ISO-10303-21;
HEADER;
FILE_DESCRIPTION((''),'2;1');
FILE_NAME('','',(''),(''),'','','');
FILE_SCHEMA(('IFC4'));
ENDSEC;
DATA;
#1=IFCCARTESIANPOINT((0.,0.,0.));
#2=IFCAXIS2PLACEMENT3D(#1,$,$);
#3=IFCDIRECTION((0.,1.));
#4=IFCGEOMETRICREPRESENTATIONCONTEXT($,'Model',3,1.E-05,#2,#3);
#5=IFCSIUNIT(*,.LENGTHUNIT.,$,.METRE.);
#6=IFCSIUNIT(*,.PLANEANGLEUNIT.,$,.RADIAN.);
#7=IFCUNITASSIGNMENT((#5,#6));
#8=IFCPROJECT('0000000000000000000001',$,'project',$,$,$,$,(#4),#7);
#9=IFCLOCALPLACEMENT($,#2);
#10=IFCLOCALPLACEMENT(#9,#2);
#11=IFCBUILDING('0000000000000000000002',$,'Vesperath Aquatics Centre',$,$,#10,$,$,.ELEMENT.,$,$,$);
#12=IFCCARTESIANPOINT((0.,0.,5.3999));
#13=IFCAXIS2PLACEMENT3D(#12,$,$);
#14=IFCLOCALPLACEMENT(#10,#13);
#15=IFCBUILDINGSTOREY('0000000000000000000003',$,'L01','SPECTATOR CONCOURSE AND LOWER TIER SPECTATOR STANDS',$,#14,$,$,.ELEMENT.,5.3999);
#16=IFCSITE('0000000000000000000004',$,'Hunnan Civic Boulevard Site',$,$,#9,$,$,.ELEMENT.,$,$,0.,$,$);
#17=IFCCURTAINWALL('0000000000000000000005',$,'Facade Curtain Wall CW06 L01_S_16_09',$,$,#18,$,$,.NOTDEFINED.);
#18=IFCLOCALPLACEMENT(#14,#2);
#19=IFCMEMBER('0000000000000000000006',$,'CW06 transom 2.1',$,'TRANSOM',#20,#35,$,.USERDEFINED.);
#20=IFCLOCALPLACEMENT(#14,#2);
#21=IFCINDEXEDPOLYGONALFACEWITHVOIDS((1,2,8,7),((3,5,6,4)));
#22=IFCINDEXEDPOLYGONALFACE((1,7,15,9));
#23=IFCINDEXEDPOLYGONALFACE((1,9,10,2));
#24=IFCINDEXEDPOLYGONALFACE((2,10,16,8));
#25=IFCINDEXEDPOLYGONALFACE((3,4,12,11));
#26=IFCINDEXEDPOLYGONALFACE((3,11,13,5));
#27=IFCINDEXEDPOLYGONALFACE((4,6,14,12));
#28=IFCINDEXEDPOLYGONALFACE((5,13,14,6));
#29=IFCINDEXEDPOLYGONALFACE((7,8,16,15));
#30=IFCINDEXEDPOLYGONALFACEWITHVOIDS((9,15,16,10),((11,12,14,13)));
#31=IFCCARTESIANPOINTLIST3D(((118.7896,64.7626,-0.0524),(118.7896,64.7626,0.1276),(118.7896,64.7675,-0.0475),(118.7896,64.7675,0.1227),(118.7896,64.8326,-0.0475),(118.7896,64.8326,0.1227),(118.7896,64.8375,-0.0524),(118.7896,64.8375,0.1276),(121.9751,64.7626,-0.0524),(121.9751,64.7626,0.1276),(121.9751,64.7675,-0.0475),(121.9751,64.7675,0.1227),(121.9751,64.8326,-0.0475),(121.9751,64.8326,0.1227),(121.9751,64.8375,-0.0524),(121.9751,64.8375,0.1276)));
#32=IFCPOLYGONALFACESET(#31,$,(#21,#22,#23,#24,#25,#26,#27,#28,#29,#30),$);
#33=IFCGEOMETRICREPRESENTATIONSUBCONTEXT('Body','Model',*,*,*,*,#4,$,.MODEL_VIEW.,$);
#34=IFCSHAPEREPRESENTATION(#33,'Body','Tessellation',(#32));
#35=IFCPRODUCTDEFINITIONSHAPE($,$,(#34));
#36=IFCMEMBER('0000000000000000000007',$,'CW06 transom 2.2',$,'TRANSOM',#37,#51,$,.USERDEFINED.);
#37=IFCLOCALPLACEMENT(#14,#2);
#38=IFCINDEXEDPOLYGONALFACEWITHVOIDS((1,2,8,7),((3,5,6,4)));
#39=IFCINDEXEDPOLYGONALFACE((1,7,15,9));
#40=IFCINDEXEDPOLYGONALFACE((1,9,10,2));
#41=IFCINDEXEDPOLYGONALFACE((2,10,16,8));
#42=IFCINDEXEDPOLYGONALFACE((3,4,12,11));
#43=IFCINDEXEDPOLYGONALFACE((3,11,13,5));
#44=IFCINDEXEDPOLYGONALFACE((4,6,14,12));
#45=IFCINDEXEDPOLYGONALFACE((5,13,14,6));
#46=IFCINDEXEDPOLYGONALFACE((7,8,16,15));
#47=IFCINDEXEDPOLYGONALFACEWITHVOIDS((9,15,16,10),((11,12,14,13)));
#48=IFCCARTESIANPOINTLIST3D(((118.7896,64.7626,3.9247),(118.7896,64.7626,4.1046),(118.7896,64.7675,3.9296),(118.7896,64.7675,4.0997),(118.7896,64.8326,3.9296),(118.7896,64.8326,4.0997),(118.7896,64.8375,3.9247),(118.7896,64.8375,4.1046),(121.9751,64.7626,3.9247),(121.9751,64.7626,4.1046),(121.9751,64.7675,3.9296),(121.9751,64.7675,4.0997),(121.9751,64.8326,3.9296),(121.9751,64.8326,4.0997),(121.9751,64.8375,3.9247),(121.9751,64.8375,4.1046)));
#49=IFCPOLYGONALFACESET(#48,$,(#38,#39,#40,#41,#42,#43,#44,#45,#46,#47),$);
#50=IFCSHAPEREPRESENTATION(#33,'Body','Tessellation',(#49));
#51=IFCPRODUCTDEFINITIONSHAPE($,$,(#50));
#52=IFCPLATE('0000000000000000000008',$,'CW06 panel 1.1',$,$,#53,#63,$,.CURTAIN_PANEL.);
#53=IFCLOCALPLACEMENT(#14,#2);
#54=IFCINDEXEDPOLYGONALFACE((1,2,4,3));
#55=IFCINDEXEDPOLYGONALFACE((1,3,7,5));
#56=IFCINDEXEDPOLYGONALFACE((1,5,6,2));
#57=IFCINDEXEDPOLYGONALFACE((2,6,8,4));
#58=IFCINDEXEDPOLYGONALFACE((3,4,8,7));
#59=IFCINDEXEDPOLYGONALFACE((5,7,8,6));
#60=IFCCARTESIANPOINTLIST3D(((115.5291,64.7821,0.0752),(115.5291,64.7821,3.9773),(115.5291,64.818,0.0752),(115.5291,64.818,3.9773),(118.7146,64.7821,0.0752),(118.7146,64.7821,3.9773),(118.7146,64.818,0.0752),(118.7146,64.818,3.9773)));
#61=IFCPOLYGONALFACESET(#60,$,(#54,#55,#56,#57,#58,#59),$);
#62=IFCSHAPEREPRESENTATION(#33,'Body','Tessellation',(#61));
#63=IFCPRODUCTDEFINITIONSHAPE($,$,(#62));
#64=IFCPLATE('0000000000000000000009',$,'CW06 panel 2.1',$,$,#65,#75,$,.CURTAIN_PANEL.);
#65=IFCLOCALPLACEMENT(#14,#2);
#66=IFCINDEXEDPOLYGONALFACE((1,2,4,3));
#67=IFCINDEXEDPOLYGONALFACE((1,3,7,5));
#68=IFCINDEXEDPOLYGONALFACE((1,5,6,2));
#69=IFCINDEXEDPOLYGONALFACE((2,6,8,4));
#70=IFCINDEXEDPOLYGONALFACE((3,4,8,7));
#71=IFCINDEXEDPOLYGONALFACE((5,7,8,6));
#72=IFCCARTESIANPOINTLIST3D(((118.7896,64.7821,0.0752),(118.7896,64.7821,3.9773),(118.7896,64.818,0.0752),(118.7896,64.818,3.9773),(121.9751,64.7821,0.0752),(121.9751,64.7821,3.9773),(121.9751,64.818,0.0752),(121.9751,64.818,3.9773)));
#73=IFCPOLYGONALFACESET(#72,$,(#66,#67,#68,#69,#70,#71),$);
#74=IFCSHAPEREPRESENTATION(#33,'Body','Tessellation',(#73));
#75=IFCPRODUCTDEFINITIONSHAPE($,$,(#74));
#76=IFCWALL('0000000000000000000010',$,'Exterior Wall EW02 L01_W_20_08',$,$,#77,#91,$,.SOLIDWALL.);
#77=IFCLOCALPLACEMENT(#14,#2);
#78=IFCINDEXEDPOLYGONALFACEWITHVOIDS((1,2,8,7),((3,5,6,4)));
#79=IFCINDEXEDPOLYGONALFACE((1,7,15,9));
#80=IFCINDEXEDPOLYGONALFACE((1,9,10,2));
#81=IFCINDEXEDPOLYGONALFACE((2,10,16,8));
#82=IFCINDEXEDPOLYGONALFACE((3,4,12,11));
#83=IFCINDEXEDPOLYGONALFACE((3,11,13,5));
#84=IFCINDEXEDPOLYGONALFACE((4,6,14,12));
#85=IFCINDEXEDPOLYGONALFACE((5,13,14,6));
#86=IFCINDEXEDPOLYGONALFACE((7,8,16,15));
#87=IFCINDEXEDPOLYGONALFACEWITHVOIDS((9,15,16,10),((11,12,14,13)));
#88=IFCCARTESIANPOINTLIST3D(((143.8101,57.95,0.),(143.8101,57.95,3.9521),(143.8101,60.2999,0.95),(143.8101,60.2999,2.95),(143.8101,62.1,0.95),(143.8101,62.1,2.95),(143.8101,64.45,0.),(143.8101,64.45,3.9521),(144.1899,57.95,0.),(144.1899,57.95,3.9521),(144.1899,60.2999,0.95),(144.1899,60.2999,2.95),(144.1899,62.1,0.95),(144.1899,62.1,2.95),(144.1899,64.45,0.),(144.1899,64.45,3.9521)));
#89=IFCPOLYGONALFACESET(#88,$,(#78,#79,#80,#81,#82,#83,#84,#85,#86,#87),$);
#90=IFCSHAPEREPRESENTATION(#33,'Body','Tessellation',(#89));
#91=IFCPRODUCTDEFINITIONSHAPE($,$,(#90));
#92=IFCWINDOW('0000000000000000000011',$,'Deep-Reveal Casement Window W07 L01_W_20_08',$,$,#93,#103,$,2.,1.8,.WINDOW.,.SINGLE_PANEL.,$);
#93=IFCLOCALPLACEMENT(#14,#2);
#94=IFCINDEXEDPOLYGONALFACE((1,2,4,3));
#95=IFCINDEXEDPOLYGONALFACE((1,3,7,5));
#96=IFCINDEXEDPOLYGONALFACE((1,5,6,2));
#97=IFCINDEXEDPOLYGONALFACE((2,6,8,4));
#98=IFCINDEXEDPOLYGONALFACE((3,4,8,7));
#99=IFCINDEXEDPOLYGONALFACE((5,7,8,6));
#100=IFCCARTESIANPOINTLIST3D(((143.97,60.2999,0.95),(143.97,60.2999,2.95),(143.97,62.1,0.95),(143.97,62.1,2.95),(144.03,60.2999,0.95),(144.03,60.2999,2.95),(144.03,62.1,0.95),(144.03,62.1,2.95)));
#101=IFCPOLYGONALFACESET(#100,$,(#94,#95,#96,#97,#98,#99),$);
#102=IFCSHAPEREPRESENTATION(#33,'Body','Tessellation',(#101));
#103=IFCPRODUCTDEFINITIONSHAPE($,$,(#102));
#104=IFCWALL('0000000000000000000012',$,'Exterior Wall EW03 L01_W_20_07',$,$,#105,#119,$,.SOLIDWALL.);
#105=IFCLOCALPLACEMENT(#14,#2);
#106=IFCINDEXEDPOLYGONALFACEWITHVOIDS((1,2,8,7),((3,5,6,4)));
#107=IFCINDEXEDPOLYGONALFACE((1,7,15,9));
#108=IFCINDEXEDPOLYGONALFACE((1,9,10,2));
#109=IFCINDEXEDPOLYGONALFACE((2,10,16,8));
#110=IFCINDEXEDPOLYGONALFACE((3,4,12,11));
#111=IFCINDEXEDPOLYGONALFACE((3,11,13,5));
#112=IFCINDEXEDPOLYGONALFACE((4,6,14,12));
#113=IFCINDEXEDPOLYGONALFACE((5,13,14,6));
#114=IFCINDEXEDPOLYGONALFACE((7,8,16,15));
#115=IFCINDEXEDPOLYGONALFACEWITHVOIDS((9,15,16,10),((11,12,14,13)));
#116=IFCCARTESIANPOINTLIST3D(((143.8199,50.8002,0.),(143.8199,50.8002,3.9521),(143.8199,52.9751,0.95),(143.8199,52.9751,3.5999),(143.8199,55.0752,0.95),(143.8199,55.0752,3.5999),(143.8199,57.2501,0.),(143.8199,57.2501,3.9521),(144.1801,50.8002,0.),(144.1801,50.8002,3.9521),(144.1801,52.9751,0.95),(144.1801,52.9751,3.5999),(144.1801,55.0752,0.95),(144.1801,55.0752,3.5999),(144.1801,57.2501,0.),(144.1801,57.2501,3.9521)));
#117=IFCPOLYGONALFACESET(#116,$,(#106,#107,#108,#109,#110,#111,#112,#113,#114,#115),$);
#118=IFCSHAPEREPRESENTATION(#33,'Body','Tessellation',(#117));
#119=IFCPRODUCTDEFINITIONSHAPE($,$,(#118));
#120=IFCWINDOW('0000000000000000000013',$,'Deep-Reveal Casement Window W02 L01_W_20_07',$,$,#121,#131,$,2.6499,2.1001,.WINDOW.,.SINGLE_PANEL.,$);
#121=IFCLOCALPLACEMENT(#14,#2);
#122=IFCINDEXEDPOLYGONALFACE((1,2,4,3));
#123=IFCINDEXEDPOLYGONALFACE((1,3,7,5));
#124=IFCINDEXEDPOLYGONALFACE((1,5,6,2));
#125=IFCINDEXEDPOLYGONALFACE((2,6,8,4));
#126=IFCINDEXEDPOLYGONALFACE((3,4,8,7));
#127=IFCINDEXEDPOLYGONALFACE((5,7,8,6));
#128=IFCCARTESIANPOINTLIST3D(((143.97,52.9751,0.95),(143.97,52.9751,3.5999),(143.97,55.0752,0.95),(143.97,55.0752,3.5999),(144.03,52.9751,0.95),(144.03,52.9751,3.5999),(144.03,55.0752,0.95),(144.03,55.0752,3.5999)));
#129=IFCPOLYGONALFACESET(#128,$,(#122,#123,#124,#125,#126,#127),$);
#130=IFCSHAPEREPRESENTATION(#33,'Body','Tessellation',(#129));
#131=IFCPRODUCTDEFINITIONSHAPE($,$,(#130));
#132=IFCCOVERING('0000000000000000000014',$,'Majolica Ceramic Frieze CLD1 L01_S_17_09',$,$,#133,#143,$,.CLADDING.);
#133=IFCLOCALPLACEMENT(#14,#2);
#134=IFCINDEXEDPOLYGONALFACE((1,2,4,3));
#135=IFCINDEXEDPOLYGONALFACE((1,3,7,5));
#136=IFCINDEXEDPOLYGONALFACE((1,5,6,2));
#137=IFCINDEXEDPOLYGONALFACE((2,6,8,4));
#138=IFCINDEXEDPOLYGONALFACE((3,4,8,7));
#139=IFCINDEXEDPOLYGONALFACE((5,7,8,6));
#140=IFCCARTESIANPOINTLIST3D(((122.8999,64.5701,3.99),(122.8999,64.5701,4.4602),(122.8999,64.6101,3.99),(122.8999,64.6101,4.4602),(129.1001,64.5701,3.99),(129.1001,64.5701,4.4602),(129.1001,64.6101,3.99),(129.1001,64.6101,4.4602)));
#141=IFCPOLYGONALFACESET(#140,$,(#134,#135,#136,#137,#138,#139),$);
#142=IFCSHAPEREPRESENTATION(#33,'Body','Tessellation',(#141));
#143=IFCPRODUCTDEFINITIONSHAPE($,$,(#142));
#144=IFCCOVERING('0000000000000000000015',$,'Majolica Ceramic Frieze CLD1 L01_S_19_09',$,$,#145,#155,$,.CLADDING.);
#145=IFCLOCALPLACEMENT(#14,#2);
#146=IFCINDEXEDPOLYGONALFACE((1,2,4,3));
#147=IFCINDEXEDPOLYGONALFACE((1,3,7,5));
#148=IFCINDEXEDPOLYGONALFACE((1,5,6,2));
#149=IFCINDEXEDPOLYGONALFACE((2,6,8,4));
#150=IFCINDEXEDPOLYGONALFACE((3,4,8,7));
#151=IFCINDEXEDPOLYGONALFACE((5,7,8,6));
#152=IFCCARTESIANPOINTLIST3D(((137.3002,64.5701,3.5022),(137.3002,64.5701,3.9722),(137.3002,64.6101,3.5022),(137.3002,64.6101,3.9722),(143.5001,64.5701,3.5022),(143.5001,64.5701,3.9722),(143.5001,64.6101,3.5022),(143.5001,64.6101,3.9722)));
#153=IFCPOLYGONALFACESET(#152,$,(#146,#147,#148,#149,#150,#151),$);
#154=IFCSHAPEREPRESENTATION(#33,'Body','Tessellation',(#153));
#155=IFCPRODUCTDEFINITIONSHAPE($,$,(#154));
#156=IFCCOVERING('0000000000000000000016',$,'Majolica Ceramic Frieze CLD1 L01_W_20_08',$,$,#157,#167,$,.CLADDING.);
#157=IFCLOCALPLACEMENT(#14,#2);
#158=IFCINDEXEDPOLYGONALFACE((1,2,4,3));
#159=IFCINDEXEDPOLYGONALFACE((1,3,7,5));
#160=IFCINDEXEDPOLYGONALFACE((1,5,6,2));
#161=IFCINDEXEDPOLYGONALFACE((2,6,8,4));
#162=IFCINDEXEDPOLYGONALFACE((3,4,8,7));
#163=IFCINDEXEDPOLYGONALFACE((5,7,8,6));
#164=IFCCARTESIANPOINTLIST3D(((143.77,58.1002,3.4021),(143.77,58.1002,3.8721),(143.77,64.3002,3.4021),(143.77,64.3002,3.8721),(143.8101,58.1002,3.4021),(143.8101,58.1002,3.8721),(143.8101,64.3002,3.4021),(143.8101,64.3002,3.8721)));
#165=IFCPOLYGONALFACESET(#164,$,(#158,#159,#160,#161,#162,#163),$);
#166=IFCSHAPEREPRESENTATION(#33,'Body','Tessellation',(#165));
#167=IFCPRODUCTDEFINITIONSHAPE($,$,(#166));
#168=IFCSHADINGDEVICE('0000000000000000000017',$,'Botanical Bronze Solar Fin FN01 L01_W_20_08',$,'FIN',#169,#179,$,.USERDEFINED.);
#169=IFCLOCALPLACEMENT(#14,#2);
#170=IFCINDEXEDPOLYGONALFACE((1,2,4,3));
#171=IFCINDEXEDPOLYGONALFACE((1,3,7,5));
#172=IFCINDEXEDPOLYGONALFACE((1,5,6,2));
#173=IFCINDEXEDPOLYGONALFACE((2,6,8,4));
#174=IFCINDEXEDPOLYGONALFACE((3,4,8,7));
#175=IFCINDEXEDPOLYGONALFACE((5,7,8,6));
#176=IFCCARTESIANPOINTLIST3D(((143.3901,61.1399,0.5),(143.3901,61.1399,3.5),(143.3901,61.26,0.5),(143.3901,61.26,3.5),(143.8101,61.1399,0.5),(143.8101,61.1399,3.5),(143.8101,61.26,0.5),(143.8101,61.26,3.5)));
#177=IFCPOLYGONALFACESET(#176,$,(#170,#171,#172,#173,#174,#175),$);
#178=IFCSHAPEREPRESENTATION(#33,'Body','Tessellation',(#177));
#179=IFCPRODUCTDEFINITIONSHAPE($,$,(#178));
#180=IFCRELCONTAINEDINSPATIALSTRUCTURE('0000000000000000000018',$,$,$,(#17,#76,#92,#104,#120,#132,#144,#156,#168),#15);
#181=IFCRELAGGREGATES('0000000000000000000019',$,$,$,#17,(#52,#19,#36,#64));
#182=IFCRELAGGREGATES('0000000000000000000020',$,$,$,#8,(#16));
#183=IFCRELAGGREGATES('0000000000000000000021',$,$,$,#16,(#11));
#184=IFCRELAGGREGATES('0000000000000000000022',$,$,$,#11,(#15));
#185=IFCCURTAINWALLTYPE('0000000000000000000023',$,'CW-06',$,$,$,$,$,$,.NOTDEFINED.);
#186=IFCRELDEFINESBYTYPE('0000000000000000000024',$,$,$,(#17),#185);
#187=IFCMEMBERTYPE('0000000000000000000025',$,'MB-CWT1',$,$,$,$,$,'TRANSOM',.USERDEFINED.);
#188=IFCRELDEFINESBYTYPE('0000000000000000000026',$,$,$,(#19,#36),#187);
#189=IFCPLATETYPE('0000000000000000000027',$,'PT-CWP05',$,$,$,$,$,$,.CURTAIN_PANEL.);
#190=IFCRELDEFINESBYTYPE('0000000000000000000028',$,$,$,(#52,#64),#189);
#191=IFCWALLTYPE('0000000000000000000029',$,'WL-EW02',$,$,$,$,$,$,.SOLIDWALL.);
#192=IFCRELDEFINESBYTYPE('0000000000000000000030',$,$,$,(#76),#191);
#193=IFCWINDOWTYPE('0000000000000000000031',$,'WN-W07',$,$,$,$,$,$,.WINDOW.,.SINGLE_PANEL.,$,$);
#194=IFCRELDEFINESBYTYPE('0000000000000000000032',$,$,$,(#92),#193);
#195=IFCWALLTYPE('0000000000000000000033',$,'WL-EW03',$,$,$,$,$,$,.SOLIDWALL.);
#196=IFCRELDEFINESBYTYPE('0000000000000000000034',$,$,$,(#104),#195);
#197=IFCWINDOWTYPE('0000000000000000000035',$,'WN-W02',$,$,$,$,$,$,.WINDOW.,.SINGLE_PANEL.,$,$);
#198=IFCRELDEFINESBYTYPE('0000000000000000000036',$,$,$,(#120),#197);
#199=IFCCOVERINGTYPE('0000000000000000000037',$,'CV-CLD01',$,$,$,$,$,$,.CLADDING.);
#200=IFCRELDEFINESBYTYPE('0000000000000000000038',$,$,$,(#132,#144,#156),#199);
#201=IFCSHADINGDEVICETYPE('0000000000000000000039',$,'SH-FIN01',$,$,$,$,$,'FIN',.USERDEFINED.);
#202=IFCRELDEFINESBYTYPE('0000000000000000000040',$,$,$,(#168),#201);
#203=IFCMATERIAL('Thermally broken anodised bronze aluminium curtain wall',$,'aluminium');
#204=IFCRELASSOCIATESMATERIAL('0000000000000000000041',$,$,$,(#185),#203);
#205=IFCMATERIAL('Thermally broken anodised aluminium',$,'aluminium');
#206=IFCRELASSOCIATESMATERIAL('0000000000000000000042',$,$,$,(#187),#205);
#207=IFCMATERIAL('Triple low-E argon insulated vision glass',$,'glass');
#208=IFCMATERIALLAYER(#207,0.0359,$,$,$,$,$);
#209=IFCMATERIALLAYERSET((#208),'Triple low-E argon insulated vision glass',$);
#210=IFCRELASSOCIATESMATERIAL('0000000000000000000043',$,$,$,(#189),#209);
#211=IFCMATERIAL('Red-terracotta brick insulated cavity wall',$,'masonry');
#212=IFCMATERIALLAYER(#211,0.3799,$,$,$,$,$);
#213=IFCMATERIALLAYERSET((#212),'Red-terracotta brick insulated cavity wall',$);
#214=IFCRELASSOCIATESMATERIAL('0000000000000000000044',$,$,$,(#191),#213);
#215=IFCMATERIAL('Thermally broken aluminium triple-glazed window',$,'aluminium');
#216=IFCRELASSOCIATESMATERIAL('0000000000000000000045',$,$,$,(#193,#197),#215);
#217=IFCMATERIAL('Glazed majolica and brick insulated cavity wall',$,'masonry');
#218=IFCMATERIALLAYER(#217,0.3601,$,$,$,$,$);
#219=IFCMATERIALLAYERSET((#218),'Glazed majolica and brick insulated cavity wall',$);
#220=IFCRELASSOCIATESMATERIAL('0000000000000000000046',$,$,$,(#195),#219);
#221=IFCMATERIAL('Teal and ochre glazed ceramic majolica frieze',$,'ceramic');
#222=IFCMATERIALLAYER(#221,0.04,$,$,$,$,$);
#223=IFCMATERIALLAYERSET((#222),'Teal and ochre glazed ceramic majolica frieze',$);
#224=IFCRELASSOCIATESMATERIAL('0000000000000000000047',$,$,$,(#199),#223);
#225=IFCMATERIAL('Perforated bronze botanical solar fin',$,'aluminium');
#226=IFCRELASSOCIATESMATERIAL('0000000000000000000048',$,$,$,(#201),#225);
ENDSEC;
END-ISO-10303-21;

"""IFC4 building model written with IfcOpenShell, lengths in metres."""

from ifc_helpers import new_model, si_unit, direction, frame, frame_2d, origin, origin_2d, place, context, subcontext, project, spatial, rectangle, hollow_rectangle, extrude, material, layer, layer_set, material_profile, profile_set, type_object, element, fill, aggregate, save


model = new_model("IFC4")

# Units and contexts
model_context = context("Model", 3, precision=1e-05, world=origin(), true_north=direction((0.0, 1.0)))
body_context = subcontext(model_context, "Body", "Model", "MODEL_VIEW")
ifc_project = project(units=[si_unit("LENGTHUNIT", "METRE"), si_unit("PLANEANGLEUNIT", "RADIAN")], contexts=[model_context])

# Site, building, storey
site_placement = place(None, origin())
site = spatial("IfcSite", under=ifc_project, at=site_placement, Name="Hunnan Civic Boulevard Site", CompositionType="ELEMENT", RefElevation=0.0)
building_placement = place(site_placement, origin())
building = spatial("IfcBuilding", under=site, at=building_placement, Name="Vesperath Aquatics Centre", CompositionType="ELEMENT")
storey_placement = place(building_placement, frame((0.0, 0.0, 5.3999)))
storey = spatial("IfcBuildingStorey", under=building, at=storey_placement, Name="L01", Description="SPECTATOR CONCOURSE AND LOWER TIER SPECTATOR STANDS", CompositionType="ELEMENT", Elevation=5.3999)

# Curtain wall, members, plates
ifc_material_1 = material(Name="Thermally broken anodised bronze aluminium curtain wall", Category="aluminium")
curtain_wall_type = type_object("IfcCurtainWallType", Name="CW-06", PredefinedType="NOTDEFINED", material=ifc_material_1)
curtain_wall_placement = place(storey_placement, origin())
curtain_wall = element("IfcCurtainWall", 1, at=curtain_wall_placement, inside=storey, type_object=curtain_wall_type, Name="Facade Curtain Wall CW06 L01_S_16_09", PredefinedType="NOTDEFINED")
ifc_material_2 = material(Name="Thermally broken anodised aluminium", Category="aluminium")
ifc_material_profile_1 = material_profile(ifc_material_2, hollow_rectangle(XDim=0.075, YDim=0.1799, WallThickness=0.0049, at=origin_2d()), Name="CWT 75x180x5")
ifc_profile_set_1 = profile_set([ifc_material_profile_1], Name="Thermally broken anodised aluminium")
member_type_1 = type_object("IfcMemberType", Name="MB-CWT1", ElementType="TRANSOM", PredefinedType="USERDEFINED", material=ifc_profile_set_1)
member_1_placement = place(storey_placement, frame((118.7896, 64.8, 0.0376), z_axis=(1.0, 0.0, 0.0), x_axis=(0.0, 1.0, 0.0)))
member_1 = element("IfcMember", 2, at=member_1_placement, type_object=member_type_1, Name="CW06 transom 2.1", ObjectType="TRANSOM", PredefinedType="USERDEFINED", context=body_context, shape_type="SweptSolid", body=[
    extrude(hollow_rectangle(XDim=0.075, YDim=0.1799, WallThickness=0.0049, at=origin_2d()), origin(), (0.0, 0.0, 1.0), 3.1855),
])
member_2_placement = place(storey_placement, frame((118.7896, 64.8, 4.0146), z_axis=(1.0, 0.0, 0.0), x_axis=(0.0, 1.0, 0.0)))
member_2 = element("IfcMember", 3, at=member_2_placement, type_object=member_type_1, Name="CW06 transom 2.2", ObjectType="TRANSOM", PredefinedType="USERDEFINED", context=body_context, shape_type="SweptSolid", body=[
    extrude(hollow_rectangle(XDim=0.075, YDim=0.1799, WallThickness=0.0049, at=origin_2d()), origin(), (0.0, 0.0, 1.0), 3.1855),
])
ifc_material_3 = material(Name="Triple low-E argon insulated vision glass", Category="glass")
ifc_layer_1 = layer(ifc_material_3, 0.0359)
ifc_layer_set_1 = layer_set([ifc_layer_1], Name="Triple low-E argon insulated vision glass")
plate_type = type_object("IfcPlateType", Name="PT-CWP05", PredefinedType="CURTAIN_PANEL", material=ifc_layer_set_1)
plate_1_placement = place(storey_placement, frame((117.1218, 64.8, 0.0752), z_axis=(0.0, 0.0, 1.0), x_axis=(1.0, 0.0, 0.0)))
plate_1 = element("IfcPlate", 4, at=plate_1_placement, type_object=plate_type, Name="CW06 panel 1.1", PredefinedType="CURTAIN_PANEL", context=body_context, shape_type="SweptSolid", body=[
    extrude(rectangle(XDim=3.1855, YDim=0.0359, at=origin_2d()), origin(), (0.0, 0.0, 1.0), 3.9021),
])
plate_2_placement = place(storey_placement, frame((120.3823, 64.8, 0.0752), z_axis=(0.0, 0.0, 1.0), x_axis=(1.0, 0.0, 0.0)))
plate_2 = element("IfcPlate", 5, at=plate_2_placement, type_object=plate_type, Name="CW06 panel 2.1", PredefinedType="CURTAIN_PANEL", context=body_context, shape_type="SweptSolid", body=[
    extrude(rectangle(XDim=3.1855, YDim=0.0359, at=origin_2d()), origin(), (0.0, 0.0, 1.0), 3.9021),
])
aggregate(curtain_wall, [plate_1, member_1, member_2, plate_2])

# Walls, openings, windows
ifc_material_4 = material(Name="Red-terracotta brick insulated cavity wall", Category="masonry")
ifc_layer_2 = layer(ifc_material_4, 0.3799)
ifc_layer_set_2 = layer_set([ifc_layer_2], Name="Red-terracotta brick insulated cavity wall")
wall_type_1 = type_object("IfcWallType", Name="WL-EW02", PredefinedType="SOLIDWALL", material=ifc_layer_set_2)
wall_1_placement = place(storey_placement, frame((144.0, 57.95, 0.0), z_axis=(0.0, 0.0, 1.0), x_axis=(0.0, 1.0, 0.0)))
wall_1 = element("IfcWall", 6, at=wall_1_placement, inside=storey, type_object=wall_type_1, Name="Exterior Wall EW02 L01_W_20_08", PredefinedType="SOLIDWALL", context=body_context, shape_type="SweptSolid", body=[
    extrude(rectangle(XDim=6.5, YDim=0.3799, at=frame_2d((3.25, 0.0))), origin(), (0.0, 0.0, 1.0), 3.9521),
])
opening_1_placement = place(wall_1_placement, frame((2.3501, 0.0, 0.95)))
opening_1 = element("IfcOpeningElement", 7, at=opening_1_placement, cuts=wall_1, PredefinedType="OPENING", context=body_context, shape_type="SweptSolid", body=[
    extrude(rectangle(XDim=1.8, YDim=2.0, at=frame_2d((0.8999, 1.0))), frame((0.0, 0.2048, 0.0), z_axis=(0.0, -1.0, 0.0), x_axis=(1.0, 0.0, 0.0)), (0.0, 0.0, 1.0), 0.4097),
])
ifc_material_5 = material(Name="Thermally broken aluminium triple-glazed window", Category="aluminium")
window_type_1 = type_object("IfcWindowType", Name="WN-W07", PartitioningType="SINGLE_PANEL", PredefinedType="WINDOW", material=ifc_material_5)
window_1_placement = place(opening_1_placement, origin())
window_1 = element("IfcWindow", 8, at=window_1_placement, inside=storey, type_object=window_type_1, Name="Deep-Reveal Casement Window W07 L01_W_20_08", OverallHeight=2.0, OverallWidth=1.8, PartitioningType="SINGLE_PANEL", PredefinedType="WINDOW", context=body_context, shape_type="SweptSolid", body=[
    extrude(rectangle(XDim=1.8, YDim=2.0, at=frame_2d((0.8999, 1.0))), frame((0.0, 0.03, 0.0), z_axis=(0.0, -1.0, 0.0), x_axis=(1.0, 0.0, 0.0)), (0.0, 0.0, 1.0), 0.0601),
])
fill(opening_1, window_1)
ifc_material_6 = material(Name="Glazed majolica and brick insulated cavity wall", Category="masonry")
ifc_layer_3 = layer(ifc_material_6, 0.3601)
ifc_layer_set_3 = layer_set([ifc_layer_3], Name="Glazed majolica and brick insulated cavity wall")
wall_type_2 = type_object("IfcWallType", Name="WL-EW03", PredefinedType="SOLIDWALL", material=ifc_layer_set_3)
wall_2_placement = place(storey_placement, frame((144.0, 50.8, 0.0), z_axis=(0.0, 0.0, 1.0), x_axis=(0.0, 1.0, 0.0)))
wall_2 = element("IfcWall", 9, at=wall_2_placement, inside=storey, type_object=wall_type_2, Name="Exterior Wall EW03 L01_W_20_07", PredefinedType="SOLIDWALL", context=body_context, shape_type="SweptSolid", body=[
    extrude(rectangle(XDim=6.45, YDim=0.3601, at=frame_2d((3.2251, 0.0))), origin(), (0.0, 0.0, 1.0), 3.9521),
])
opening_2_placement = place(wall_2_placement, frame((2.175, 0.0, 0.95)))
opening_2 = element("IfcOpeningElement", 10, at=opening_2_placement, cuts=wall_2, PredefinedType="OPENING", context=body_context, shape_type="SweptSolid", body=[
    extrude(rectangle(XDim=2.1001, YDim=2.6499, at=frame_2d((1.05, 1.325))), frame((0.0, 0.1948, 0.0), z_axis=(0.0, -1.0, 0.0), x_axis=(1.0, 0.0, 0.0)), (0.0, 0.0, 1.0), 0.3899),
])
window_type_2 = type_object("IfcWindowType", Name="WN-W02", PartitioningType="SINGLE_PANEL", PredefinedType="WINDOW", material=ifc_material_5)
window_2_placement = place(opening_2_placement, origin())
window_2 = element("IfcWindow", 11, at=window_2_placement, inside=storey, type_object=window_type_2, Name="Deep-Reveal Casement Window W02 L01_W_20_07", OverallHeight=2.6499, OverallWidth=2.1001, PartitioningType="SINGLE_PANEL", PredefinedType="WINDOW", context=body_context, shape_type="SweptSolid", body=[
    extrude(rectangle(XDim=2.1001, YDim=2.6499, at=frame_2d((1.05, 1.325))), frame((0.0, 0.03, 0.0), z_axis=(0.0, -1.0, 0.0), x_axis=(1.0, 0.0, 0.0)), (0.0, 0.0, 1.0), 0.0601),
])
fill(opening_2, window_2)

# Coverings
ifc_material_7 = material(Name="Teal and ochre glazed ceramic majolica frieze", Category="ceramic")
ifc_layer_4 = layer(ifc_material_7, 0.04)
ifc_layer_set_4 = layer_set([ifc_layer_4], Name="Teal and ochre glazed ceramic majolica frieze")
covering_type = type_object("IfcCoveringType", Name="CV-CLD01", PredefinedType="CLADDING", material=ifc_layer_set_4)
covering_placement = place(storey_placement, frame((122.8999, 64.5901, 3.99), z_axis=(0.0, 0.0, 1.0), x_axis=(1.0, 0.0, 0.0)))
element("IfcCovering", 12, at=covering_placement, inside=storey, type_object=covering_type, Name="Majolica Ceramic Frieze CLD1 L01_S_17_09", PredefinedType="CLADDING", context=body_context, shape_type="SweptSolid", body=[
    extrude(rectangle(XDim=6.2002, YDim=0.04, at=frame_2d((3.1001, 0.0))), origin(), (0.0, 0.0, 1.0), 0.4702),
])
for number, where, z_axis, x_axis, name in (
    (13, (137.3, 64.5901, 3.5022), (0.0, 0.0, 1.0), (1.0, 0.0, 0.0), "Majolica Ceramic Frieze CLD1 L01_S_19_09"),
    (14, (143.79, 58.1001, 3.4021), (0.0, 0.0, 1.0), (0.0, 1.0, 0.0), "Majolica Ceramic Frieze CLD1 L01_W_20_08"),
):
    element("IfcCovering", number, at=place(storey_placement, frame(where, z_axis=z_axis, x_axis=x_axis)), inside=storey, type_object=covering_type, Name=name, PredefinedType="CLADDING", context=body_context, shape_type="SweptSolid", body=[
        extrude(rectangle(XDim=6.2, YDim=0.04, at=frame_2d((3.1001, 0.0))), origin(), (0.0, 0.0, 1.0), 0.47),
    ])

# Shading device
ifc_material_8 = material(Name="Perforated bronze botanical solar fin", Category="aluminium")
shading_device_type_1 = type_object("IfcShadingDeviceType", Name="SH-FIN01", ElementType="FIN", PredefinedType="USERDEFINED", material=ifc_material_8)
shading_device_placement = place(storey_placement, frame((143.6001, 61.2, 0.5), z_axis=(0.0, 0.0, 1.0), x_axis=(1.0, 0.0, 0.0)))
element("IfcShadingDevice", 15, at=shading_device_placement, inside=storey, type_object=shading_device_type_1, Name="Botanical Bronze Solar Fin FN01 L01_W_20_08", ObjectType="FIN", PredefinedType="USERDEFINED", context=body_context, shape_type="SweptSolid", body=[
    extrude(rectangle(XDim=0.4199, YDim=0.1201, at=origin_2d()), origin(), (0.0, 0.0, 1.0), 3.0),
])

save(model, "model.ifc")
